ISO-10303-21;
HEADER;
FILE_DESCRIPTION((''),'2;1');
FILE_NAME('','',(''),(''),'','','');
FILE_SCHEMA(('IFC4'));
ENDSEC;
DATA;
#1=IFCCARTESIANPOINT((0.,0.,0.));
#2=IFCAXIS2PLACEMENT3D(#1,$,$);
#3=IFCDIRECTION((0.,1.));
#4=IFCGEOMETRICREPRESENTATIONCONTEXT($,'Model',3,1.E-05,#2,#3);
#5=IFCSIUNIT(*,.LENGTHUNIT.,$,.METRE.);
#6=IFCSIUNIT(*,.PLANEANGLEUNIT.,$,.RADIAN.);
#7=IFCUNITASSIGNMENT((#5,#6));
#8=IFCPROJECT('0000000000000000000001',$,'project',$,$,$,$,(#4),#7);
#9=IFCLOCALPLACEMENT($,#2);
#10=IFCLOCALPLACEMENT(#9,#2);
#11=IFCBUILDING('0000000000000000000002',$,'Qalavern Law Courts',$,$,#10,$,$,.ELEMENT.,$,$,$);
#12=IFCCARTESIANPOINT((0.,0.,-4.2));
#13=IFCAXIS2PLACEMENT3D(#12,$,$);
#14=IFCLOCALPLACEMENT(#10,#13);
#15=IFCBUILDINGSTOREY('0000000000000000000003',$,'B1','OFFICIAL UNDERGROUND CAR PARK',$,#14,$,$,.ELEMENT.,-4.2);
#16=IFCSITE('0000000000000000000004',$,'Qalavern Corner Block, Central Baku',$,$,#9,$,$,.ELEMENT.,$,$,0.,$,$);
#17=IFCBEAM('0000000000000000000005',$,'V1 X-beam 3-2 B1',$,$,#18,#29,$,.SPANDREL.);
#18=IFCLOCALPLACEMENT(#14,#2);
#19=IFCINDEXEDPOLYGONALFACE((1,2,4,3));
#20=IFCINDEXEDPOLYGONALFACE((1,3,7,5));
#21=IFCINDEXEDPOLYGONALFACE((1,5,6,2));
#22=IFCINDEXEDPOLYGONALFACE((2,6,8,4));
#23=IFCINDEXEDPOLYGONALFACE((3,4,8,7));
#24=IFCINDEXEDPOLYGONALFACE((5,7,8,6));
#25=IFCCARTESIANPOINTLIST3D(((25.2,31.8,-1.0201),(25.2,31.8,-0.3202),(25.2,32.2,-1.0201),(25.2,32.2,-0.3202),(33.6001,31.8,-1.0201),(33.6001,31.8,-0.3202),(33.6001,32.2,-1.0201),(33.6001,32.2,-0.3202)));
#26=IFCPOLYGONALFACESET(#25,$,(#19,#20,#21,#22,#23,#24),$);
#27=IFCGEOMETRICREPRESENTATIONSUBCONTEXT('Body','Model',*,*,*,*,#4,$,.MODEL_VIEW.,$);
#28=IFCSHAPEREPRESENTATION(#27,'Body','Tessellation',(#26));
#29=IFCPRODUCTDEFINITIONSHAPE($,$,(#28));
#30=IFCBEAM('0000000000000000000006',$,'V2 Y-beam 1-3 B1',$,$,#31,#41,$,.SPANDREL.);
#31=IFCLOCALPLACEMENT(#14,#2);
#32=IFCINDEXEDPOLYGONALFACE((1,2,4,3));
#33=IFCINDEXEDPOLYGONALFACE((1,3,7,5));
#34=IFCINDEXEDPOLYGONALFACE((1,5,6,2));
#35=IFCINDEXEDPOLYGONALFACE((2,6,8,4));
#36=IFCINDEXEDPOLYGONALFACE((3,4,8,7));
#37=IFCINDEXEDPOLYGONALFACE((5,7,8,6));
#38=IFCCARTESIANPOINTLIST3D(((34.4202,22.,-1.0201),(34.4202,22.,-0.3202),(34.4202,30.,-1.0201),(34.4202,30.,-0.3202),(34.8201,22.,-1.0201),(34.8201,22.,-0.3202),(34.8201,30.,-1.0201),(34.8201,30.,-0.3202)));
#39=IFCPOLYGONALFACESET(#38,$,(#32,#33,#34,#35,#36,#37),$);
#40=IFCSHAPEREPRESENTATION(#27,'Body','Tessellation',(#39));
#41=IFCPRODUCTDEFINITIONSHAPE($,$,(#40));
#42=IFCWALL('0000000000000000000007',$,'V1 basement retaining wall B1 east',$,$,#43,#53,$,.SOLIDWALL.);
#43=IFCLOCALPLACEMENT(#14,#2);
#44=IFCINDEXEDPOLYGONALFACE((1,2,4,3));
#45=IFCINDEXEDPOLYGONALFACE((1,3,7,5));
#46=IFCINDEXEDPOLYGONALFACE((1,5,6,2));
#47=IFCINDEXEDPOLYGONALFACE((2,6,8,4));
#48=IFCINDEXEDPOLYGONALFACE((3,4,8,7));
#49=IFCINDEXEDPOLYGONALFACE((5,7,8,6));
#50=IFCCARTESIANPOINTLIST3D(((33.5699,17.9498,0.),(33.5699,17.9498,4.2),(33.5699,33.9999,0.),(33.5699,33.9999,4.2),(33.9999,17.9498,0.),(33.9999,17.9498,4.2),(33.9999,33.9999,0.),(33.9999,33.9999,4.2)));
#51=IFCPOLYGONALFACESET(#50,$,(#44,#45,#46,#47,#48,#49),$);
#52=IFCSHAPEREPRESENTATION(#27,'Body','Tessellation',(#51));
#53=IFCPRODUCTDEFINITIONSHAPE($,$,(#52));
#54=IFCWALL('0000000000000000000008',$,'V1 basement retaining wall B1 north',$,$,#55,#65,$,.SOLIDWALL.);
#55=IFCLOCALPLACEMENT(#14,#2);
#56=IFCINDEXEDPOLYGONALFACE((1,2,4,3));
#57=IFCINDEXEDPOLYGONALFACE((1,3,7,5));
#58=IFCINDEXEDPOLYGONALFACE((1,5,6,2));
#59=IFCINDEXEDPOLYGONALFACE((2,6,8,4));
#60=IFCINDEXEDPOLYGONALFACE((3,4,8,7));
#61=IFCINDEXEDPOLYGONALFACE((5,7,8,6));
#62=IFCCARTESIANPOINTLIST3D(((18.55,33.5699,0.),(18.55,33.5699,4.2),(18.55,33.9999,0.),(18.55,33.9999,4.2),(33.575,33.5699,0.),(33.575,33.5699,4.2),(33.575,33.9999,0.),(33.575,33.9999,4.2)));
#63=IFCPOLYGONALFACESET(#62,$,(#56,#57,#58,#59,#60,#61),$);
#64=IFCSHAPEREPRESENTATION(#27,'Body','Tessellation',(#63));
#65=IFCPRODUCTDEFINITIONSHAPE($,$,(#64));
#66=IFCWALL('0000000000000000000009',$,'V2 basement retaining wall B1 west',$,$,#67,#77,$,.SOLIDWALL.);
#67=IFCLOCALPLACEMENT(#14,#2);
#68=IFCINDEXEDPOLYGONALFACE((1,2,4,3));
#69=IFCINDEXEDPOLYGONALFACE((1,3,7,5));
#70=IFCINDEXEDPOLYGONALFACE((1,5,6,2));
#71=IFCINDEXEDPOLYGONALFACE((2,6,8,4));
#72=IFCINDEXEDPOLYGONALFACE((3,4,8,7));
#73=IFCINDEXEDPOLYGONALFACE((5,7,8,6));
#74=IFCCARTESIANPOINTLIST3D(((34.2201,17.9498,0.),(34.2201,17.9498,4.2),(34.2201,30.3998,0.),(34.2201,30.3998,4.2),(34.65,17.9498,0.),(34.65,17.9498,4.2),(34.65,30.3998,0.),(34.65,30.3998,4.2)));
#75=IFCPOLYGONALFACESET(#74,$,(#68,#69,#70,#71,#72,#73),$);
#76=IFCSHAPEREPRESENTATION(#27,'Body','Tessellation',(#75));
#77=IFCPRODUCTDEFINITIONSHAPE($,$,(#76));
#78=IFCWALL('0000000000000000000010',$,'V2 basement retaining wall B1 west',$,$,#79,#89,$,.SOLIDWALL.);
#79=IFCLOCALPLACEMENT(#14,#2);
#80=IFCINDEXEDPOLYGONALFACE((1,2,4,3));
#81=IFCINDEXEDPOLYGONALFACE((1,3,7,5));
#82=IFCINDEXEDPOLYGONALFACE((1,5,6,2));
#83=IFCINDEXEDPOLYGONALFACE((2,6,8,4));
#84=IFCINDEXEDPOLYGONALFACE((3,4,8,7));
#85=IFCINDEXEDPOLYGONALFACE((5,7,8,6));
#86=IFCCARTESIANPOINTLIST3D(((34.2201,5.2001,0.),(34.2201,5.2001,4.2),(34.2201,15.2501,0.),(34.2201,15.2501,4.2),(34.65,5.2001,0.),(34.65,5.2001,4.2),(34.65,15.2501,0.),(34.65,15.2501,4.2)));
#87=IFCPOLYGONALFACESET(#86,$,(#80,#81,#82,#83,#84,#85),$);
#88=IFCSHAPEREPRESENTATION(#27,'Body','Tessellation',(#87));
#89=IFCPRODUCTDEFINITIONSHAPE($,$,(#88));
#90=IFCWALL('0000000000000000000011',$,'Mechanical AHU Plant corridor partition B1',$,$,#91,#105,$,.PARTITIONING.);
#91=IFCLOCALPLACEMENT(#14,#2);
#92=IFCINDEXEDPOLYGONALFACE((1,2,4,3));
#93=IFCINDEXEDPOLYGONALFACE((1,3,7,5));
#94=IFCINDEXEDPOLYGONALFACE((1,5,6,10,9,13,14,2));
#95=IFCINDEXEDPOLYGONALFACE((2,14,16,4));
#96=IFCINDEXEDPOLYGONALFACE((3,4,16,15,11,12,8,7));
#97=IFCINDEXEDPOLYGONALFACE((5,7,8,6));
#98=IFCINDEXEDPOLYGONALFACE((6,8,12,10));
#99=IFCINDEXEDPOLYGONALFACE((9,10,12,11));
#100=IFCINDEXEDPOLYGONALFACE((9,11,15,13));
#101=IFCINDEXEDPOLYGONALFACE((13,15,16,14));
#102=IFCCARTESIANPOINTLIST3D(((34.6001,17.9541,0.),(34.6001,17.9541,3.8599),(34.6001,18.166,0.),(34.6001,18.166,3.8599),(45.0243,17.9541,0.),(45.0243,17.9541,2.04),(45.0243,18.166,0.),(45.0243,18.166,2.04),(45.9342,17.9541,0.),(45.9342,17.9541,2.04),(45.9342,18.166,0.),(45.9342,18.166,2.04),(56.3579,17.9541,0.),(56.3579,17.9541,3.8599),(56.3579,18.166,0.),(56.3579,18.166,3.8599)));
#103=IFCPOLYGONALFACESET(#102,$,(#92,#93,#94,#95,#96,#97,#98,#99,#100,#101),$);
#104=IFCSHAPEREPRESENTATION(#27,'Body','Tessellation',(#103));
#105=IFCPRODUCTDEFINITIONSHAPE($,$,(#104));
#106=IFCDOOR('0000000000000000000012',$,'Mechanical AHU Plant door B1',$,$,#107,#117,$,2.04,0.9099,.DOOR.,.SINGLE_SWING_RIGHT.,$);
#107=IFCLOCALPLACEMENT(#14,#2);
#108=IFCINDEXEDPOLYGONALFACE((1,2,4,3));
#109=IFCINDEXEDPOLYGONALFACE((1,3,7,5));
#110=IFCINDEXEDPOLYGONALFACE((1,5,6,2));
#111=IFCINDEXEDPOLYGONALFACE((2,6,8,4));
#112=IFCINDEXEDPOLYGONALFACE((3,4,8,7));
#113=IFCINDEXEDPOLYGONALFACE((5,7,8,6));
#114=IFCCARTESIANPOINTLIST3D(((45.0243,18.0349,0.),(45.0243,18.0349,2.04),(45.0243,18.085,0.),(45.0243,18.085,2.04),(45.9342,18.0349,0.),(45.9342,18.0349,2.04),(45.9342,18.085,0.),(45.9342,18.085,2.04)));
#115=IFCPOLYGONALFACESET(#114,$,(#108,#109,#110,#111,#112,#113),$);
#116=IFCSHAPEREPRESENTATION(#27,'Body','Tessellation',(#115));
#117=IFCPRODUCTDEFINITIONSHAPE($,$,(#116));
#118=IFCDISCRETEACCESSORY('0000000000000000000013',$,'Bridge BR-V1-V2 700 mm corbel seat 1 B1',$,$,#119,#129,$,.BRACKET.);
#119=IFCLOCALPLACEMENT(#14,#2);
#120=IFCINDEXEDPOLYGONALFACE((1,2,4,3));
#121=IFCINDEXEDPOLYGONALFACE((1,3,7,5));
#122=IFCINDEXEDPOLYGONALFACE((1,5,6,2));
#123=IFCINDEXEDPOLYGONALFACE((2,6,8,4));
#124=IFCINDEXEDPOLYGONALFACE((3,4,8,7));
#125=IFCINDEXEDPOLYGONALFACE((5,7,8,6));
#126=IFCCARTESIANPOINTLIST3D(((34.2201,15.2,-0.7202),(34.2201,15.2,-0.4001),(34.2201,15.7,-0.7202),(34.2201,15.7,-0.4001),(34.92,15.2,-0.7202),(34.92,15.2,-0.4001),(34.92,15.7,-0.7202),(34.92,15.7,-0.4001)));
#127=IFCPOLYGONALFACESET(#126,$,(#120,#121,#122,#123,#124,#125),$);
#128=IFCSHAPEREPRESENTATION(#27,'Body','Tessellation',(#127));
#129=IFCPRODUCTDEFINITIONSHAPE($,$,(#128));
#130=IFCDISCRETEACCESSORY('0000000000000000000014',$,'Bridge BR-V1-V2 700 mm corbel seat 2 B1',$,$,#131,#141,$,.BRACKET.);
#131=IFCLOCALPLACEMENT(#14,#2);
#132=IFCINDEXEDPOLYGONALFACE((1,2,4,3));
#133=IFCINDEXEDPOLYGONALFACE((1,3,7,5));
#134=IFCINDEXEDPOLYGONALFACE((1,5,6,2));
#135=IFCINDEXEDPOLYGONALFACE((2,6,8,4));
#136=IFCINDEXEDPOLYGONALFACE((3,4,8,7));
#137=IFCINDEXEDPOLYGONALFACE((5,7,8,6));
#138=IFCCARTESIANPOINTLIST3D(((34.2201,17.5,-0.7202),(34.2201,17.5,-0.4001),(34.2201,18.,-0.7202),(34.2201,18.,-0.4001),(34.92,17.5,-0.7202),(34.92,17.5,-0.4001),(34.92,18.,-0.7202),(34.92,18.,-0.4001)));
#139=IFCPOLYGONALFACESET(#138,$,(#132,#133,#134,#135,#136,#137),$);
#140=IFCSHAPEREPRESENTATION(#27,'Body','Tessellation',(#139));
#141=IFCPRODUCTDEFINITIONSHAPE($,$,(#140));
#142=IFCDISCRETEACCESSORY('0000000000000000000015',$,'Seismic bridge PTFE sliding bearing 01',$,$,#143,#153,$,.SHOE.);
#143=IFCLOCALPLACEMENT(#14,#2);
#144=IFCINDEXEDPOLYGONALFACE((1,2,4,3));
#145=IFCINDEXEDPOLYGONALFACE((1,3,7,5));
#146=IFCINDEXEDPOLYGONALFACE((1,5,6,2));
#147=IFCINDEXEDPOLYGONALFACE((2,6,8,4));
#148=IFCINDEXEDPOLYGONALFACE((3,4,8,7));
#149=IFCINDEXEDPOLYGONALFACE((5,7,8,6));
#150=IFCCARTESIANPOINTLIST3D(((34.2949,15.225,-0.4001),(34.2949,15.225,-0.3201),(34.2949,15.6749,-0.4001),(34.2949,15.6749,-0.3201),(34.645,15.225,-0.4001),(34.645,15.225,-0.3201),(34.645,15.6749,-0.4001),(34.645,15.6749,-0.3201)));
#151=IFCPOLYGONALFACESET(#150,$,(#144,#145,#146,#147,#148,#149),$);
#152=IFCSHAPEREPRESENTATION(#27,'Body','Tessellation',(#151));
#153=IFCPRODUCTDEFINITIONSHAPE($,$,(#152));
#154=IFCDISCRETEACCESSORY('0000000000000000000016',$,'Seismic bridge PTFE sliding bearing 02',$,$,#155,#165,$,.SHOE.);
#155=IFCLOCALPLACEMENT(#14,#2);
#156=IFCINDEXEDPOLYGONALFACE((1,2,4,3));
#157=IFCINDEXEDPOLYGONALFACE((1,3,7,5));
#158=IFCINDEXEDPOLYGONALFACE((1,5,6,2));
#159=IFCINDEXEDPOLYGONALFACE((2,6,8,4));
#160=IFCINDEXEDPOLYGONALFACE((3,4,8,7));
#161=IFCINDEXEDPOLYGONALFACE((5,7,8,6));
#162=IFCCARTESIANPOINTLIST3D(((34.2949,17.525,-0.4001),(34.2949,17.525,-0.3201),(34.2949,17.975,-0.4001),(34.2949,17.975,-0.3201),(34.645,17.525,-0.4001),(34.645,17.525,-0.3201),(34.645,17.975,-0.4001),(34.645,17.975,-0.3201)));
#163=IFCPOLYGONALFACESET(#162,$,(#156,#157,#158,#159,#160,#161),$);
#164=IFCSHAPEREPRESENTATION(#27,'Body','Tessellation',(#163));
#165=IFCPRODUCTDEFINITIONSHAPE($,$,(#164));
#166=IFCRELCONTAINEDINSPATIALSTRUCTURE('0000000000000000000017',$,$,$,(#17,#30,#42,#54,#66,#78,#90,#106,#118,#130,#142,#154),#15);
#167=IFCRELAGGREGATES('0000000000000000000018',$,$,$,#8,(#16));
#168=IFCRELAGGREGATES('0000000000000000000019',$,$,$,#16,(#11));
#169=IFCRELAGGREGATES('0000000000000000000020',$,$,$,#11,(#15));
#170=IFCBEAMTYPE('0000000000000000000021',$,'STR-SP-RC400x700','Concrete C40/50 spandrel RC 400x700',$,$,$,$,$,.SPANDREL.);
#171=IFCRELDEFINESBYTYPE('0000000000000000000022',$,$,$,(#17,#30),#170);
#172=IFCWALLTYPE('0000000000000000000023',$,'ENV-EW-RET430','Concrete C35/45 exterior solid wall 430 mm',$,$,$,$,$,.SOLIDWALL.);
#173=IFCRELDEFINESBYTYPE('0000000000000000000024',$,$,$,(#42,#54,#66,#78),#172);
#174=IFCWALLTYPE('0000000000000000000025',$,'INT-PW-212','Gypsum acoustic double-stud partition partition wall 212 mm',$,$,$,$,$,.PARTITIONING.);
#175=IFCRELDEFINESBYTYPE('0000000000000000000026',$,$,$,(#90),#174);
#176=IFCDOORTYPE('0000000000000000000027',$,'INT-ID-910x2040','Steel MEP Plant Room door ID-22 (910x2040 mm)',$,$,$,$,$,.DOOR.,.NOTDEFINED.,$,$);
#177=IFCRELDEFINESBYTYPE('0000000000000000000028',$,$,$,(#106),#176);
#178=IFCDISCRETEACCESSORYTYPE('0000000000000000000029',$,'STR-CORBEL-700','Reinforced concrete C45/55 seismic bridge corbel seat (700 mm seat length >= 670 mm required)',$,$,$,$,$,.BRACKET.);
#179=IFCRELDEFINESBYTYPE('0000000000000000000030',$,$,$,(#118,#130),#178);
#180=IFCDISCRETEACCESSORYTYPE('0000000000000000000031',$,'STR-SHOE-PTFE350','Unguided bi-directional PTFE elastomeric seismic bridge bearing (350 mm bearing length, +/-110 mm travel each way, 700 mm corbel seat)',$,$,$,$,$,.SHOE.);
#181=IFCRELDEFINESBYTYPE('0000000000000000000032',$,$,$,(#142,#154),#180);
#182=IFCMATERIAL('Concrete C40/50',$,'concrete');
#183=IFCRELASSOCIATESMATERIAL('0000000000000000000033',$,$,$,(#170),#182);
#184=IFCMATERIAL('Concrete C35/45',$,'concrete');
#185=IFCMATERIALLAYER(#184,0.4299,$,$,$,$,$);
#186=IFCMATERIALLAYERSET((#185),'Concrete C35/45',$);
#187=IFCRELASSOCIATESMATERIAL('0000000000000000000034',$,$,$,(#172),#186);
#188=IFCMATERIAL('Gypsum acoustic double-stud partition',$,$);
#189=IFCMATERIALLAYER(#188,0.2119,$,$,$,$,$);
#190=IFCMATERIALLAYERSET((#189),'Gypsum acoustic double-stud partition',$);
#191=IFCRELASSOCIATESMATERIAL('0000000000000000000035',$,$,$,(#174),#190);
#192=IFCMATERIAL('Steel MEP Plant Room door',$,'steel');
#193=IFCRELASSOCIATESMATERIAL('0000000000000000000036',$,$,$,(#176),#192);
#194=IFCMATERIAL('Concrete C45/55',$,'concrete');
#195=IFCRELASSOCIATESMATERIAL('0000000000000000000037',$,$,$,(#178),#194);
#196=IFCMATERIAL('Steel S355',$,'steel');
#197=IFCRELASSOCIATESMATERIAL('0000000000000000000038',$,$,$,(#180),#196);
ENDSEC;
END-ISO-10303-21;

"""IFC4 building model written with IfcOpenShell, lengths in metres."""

from ifc_helpers import new_model, si_unit, direction, frame, frame_2d, origin, origin_2d, place, context, subcontext, project, spatial, rectangle, extrude, material, layer, layer_set, material_profile, profile_set, type_object, element, fill, save


model = new_model("IFC4")

# Units and contexts
model_context = context("Model", 3, precision=1e-05, world=origin(), true_north=direction((0.0, 1.0)))
body_context = subcontext(model_context, "Body", "Model", "MODEL_VIEW")
ifc_project = project(units=[si_unit("LENGTHUNIT", "METRE"), si_unit("PLANEANGLEUNIT", "RADIAN")], contexts=[model_context])

# Site, building, storey
site_placement = place(None, origin())
site = spatial("IfcSite", under=ifc_project, at=site_placement, Name="Qalavern Corner Block, Central Baku", CompositionType="ELEMENT", RefElevation=0.0)
building_placement = place(site_placement, origin())
building = spatial("IfcBuilding", under=site, at=building_placement, Name="Qalavern Law Courts", CompositionType="ELEMENT")
storey_placement = place(building_placement, frame((0.0, 0.0, -4.2)))
storey = spatial("IfcBuildingStorey", under=building, at=storey_placement, Name="B1", Description="OFFICIAL UNDERGROUND CAR PARK", CompositionType="ELEMENT", Elevation=-4.2)

# Shared definitions
ifc_material_1 = material(Name="Concrete C45/55", Category="concrete")

# Beams
ifc_material_2 = material(Name="Steel S355", Category="steel")
ifc_material_3 = material(Name="Concrete C40/50", Category="concrete")
ifc_material_profile_1 = material_profile(ifc_material_3, rectangle(XDim=0.3999, YDim=0.7, at=origin_2d()), Name="RC 400x700")
ifc_profile_set_1 = profile_set([ifc_material_profile_1], Name="Concrete C40/50")
beam_type_1 = type_object("IfcBeamType", Name="STR-SP-RC400x700", Description="Concrete C40/50 spandrel RC 400x700", PredefinedType="SPANDREL", material=ifc_profile_set_1)
beam_1_placement = place(storey_placement, frame((25.2, 32.0, -0.6702), z_axis=(1.0, 0.0, 0.0), x_axis=(0.0, 1.0, 0.0)))
element("IfcBeam", 1, at=beam_1_placement, inside=storey, type_object=beam_type_1, Name="V1 X-beam 3-2 B1", PredefinedType="SPANDREL", context=body_context, shape_type="SweptSolid", body=[
    extrude(rectangle(XDim=0.3999, YDim=0.7, at=origin_2d()), origin(), (0.0, 0.0, 1.0), 8.4001),
])
beam_2_placement = place(storey_placement, frame((34.6201, 22.0, -0.6702), z_axis=(0.0, 1.0, 0.0), x_axis=(-1.0, 0.0, 0.0)))
element("IfcBeam", 2, at=beam_2_placement, inside=storey, type_object=beam_type_1, Name="V2 Y-beam 1-3 B1", PredefinedType="SPANDREL", context=body_context, shape_type="SweptSolid", body=[
    extrude(rectangle(XDim=0.3999, YDim=0.7, at=origin_2d()), origin(), (0.0, 0.0, 1.0), 8.0),
])

# Walls
ifc_material_4 = material(Name="Concrete C35/45", Category="concrete")
ifc_layer_1 = layer(ifc_material_4, 0.4299)
ifc_layer_set_1 = layer_set([ifc_layer_1], Name="Concrete C35/45")
wall_type_1 = type_object("IfcWallType", Name="ENV-EW-RET430", Description="Concrete C35/45 exterior solid wall 430 mm", PredefinedType="SOLIDWALL", material=ifc_layer_set_1)
wall_1_placement = place(storey_placement, frame((33.7849, 17.95, 0.0), z_axis=(0.0, 0.0, 1.0), x_axis=(0.0, 1.0, 0.0)))
element("IfcWall", 3, at=wall_1_placement, inside=storey, type_object=wall_type_1, Name="V1 basement retaining wall B1 east", PredefinedType="SOLIDWALL", context=body_context, shape_type="SweptSolid", body=[
    extrude(rectangle(XDim=16.05, YDim=0.4299, at=frame_2d((8.0249, 0.0))), origin(), (0.0, 0.0, 1.0), 4.2),
])
wall_2_placement = place(storey_placement, frame((33.575, 33.7849, 0.0), z_axis=(0.0, 0.0, 1.0), x_axis=(-1.0, 0.0, 0.0)))
element("IfcWall", 4, at=wall_2_placement, inside=storey, type_object=wall_type_1, Name="V1 basement retaining wall B1 north", PredefinedType="SOLIDWALL", context=body_context, shape_type="SweptSolid", body=[
    extrude(rectangle(XDim=15.0249, YDim=0.4299, at=frame_2d((7.5125, 0.0))), origin(), (0.0, 0.0, 1.0), 4.2),
])
wall_3_placement = place(storey_placement, frame((34.4351, 30.3999, 0.0), z_axis=(0.0, 0.0, 1.0), x_axis=(0.0, -1.0, 0.0)))
element("IfcWall", 5, at=wall_3_placement, inside=storey, type_object=wall_type_1, Name="V2 basement retaining wall B1 west", PredefinedType="SOLIDWALL", context=body_context, shape_type="SweptSolid", body=[
    extrude(rectangle(XDim=12.45, YDim=0.4299, at=frame_2d((6.2251, 0.0))), origin(), (0.0, 0.0, 1.0), 4.2),
])
wall_4_placement = place(storey_placement, frame((34.4351, 15.25, 0.0), z_axis=(0.0, 0.0, 1.0), x_axis=(0.0, -1.0, 0.0)))
element("IfcWall", 6, at=wall_4_placement, inside=storey, type_object=wall_type_1, Name="V2 basement retaining wall B1 west", PredefinedType="SOLIDWALL", context=body_context, shape_type="SweptSolid", body=[
    extrude(rectangle(XDim=10.05, YDim=0.4299, at=frame_2d((5.0249, 0.0))), origin(), (0.0, 0.0, 1.0), 4.2),
])

# Wall, opening, door
ifc_material_5 = material(Name="Gypsum acoustic double-stud partition")
ifc_layer_2 = layer(ifc_material_5, 0.2119)
ifc_layer_set_2 = layer_set([ifc_layer_2], Name="Gypsum acoustic double-stud partition")
wall_type_2 = type_object("IfcWallType", Name="INT-PW-212", Description="Gypsum acoustic double-stud partition partition wall 212 mm", PredefinedType="PARTITIONING", material=ifc_layer_set_2)
wall_5_placement = place(storey_placement, frame((34.6001, 18.0601, 0.0), z_axis=(0.0, 0.0, 1.0), x_axis=(1.0, 0.0, 0.0)))
wall_5 = element("IfcWall", 7, at=wall_5_placement, inside=storey, type_object=wall_type_2, Name="Mechanical AHU Plant corridor partition B1", PredefinedType="PARTITIONING", context=body_context, shape_type="SweptSolid", body=[
    extrude(rectangle(XDim=21.7578, YDim=0.2119, at=frame_2d((10.8789, 0.0))), origin(), (0.0, 0.0, 1.0), 3.8599),
])
opening_placement = place(wall_5_placement, frame((10.4241, 0.0, 0.0)))
opening = element("IfcOpeningElement", 8, at=opening_placement, cuts=wall_5, PredefinedType="OPENING", context=body_context, shape_type="SweptSolid", body=[
    extrude(rectangle(XDim=0.9099, YDim=2.04, at=frame_2d((0.4551, 1.02))), frame((0.0, 0.1208, 0.0), z_axis=(0.0, -1.0, 0.0), x_axis=(1.0, 0.0, 0.0)), (0.0, 0.0, 1.0), 0.2417),
])
ifc_material_6 = material(Name="Steel MEP Plant Room door", Category="steel")
door_type = type_object("IfcDoorType", Name="INT-ID-910x2040", Description="Steel MEP Plant Room door ID-22 (910x2040 mm)", OperationType="NOTDEFINED", PredefinedType="DOOR", material=ifc_material_6)
door_placement = place(opening_placement, origin())
door = element("IfcDoor", 9, at=door_placement, inside=storey, type_object=door_type, Name="Mechanical AHU Plant door B1", OperationType="SINGLE_SWING_RIGHT", OverallHeight=2.04, OverallWidth=0.9099, PredefinedType="DOOR", context=body_context, shape_type="SweptSolid", body=[
    extrude(rectangle(XDim=0.9099, YDim=2.04, at=frame_2d((0.4551, 1.02))), frame((0.0, 0.0249, 0.0), z_axis=(0.0, -1.0, 0.0), x_axis=(1.0, 0.0, 0.0)), (0.0, 0.0, 1.0), 0.05),
])
fill(opening, door)

# Discrete accessories
discrete_accessory_type_1 = type_object("IfcDiscreteAccessoryType", Name="STR-CORBEL-700", Description="Reinforced concrete C45/55 seismic bridge corbel seat (700 mm seat length >= 670 mm required)", PredefinedType="BRACKET", material=ifc_material_1)
for number, where, z_axis, x_axis, name in (
    (10, (34.5701, 15.45, -0.7202), (0.0, 0.0, 1.0), (1.0, 0.0, 0.0), "Bridge BR-V1-V2 700 mm corbel seat 1 B1"),
    (11, (34.5701, 17.75, -0.7202), (0.0, 0.0, 1.0), (1.0, 0.0, 0.0), "Bridge BR-V1-V2 700 mm corbel seat 2 B1"),
):
    element("IfcDiscreteAccessory", number, at=place(storey_placement, frame(where, z_axis=z_axis, x_axis=x_axis)), inside=storey, type_object=discrete_accessory_type_1, Name=name, PredefinedType="BRACKET", context=body_context, shape_type="SweptSolid", body=[
        extrude(rectangle(XDim=0.7, YDim=0.5, at=origin_2d()), origin(), (0.0, 0.0, 1.0), 0.3201),
    ])
discrete_accessory_type_2 = type_object("IfcDiscreteAccessoryType", Name="STR-SHOE-PTFE350", Description="Unguided bi-directional PTFE elastomeric seismic bridge bearing (350 mm bearing length, +/-110 mm travel each way, 700 mm corbel seat)", PredefinedType="SHOE", material=ifc_material_2)
for number, where, z_axis, x_axis, name in (
    (12, (34.47, 15.45, -0.4001), (0.0, 0.0, 1.0), (1.0, 0.0, 0.0), "Seismic bridge PTFE sliding bearing 01"),
    (13, (34.47, 17.75, -0.4001), (0.0, 0.0, 1.0), (1.0, 0.0, 0.0), "Seismic bridge PTFE sliding bearing 02"),
):
    element("IfcDiscreteAccessory", number, at=place(storey_placement, frame(where, z_axis=z_axis, x_axis=x_axis)), inside=storey, type_object=discrete_accessory_type_2, Name=name, PredefinedType="SHOE", context=body_context, shape_type="SweptSolid", body=[
        extrude(rectangle(XDim=0.3501, YDim=0.45, at=origin_2d()), origin(), (0.0, 0.0, 1.0), 0.0801),
    ])

save(model, "model.ifc")
